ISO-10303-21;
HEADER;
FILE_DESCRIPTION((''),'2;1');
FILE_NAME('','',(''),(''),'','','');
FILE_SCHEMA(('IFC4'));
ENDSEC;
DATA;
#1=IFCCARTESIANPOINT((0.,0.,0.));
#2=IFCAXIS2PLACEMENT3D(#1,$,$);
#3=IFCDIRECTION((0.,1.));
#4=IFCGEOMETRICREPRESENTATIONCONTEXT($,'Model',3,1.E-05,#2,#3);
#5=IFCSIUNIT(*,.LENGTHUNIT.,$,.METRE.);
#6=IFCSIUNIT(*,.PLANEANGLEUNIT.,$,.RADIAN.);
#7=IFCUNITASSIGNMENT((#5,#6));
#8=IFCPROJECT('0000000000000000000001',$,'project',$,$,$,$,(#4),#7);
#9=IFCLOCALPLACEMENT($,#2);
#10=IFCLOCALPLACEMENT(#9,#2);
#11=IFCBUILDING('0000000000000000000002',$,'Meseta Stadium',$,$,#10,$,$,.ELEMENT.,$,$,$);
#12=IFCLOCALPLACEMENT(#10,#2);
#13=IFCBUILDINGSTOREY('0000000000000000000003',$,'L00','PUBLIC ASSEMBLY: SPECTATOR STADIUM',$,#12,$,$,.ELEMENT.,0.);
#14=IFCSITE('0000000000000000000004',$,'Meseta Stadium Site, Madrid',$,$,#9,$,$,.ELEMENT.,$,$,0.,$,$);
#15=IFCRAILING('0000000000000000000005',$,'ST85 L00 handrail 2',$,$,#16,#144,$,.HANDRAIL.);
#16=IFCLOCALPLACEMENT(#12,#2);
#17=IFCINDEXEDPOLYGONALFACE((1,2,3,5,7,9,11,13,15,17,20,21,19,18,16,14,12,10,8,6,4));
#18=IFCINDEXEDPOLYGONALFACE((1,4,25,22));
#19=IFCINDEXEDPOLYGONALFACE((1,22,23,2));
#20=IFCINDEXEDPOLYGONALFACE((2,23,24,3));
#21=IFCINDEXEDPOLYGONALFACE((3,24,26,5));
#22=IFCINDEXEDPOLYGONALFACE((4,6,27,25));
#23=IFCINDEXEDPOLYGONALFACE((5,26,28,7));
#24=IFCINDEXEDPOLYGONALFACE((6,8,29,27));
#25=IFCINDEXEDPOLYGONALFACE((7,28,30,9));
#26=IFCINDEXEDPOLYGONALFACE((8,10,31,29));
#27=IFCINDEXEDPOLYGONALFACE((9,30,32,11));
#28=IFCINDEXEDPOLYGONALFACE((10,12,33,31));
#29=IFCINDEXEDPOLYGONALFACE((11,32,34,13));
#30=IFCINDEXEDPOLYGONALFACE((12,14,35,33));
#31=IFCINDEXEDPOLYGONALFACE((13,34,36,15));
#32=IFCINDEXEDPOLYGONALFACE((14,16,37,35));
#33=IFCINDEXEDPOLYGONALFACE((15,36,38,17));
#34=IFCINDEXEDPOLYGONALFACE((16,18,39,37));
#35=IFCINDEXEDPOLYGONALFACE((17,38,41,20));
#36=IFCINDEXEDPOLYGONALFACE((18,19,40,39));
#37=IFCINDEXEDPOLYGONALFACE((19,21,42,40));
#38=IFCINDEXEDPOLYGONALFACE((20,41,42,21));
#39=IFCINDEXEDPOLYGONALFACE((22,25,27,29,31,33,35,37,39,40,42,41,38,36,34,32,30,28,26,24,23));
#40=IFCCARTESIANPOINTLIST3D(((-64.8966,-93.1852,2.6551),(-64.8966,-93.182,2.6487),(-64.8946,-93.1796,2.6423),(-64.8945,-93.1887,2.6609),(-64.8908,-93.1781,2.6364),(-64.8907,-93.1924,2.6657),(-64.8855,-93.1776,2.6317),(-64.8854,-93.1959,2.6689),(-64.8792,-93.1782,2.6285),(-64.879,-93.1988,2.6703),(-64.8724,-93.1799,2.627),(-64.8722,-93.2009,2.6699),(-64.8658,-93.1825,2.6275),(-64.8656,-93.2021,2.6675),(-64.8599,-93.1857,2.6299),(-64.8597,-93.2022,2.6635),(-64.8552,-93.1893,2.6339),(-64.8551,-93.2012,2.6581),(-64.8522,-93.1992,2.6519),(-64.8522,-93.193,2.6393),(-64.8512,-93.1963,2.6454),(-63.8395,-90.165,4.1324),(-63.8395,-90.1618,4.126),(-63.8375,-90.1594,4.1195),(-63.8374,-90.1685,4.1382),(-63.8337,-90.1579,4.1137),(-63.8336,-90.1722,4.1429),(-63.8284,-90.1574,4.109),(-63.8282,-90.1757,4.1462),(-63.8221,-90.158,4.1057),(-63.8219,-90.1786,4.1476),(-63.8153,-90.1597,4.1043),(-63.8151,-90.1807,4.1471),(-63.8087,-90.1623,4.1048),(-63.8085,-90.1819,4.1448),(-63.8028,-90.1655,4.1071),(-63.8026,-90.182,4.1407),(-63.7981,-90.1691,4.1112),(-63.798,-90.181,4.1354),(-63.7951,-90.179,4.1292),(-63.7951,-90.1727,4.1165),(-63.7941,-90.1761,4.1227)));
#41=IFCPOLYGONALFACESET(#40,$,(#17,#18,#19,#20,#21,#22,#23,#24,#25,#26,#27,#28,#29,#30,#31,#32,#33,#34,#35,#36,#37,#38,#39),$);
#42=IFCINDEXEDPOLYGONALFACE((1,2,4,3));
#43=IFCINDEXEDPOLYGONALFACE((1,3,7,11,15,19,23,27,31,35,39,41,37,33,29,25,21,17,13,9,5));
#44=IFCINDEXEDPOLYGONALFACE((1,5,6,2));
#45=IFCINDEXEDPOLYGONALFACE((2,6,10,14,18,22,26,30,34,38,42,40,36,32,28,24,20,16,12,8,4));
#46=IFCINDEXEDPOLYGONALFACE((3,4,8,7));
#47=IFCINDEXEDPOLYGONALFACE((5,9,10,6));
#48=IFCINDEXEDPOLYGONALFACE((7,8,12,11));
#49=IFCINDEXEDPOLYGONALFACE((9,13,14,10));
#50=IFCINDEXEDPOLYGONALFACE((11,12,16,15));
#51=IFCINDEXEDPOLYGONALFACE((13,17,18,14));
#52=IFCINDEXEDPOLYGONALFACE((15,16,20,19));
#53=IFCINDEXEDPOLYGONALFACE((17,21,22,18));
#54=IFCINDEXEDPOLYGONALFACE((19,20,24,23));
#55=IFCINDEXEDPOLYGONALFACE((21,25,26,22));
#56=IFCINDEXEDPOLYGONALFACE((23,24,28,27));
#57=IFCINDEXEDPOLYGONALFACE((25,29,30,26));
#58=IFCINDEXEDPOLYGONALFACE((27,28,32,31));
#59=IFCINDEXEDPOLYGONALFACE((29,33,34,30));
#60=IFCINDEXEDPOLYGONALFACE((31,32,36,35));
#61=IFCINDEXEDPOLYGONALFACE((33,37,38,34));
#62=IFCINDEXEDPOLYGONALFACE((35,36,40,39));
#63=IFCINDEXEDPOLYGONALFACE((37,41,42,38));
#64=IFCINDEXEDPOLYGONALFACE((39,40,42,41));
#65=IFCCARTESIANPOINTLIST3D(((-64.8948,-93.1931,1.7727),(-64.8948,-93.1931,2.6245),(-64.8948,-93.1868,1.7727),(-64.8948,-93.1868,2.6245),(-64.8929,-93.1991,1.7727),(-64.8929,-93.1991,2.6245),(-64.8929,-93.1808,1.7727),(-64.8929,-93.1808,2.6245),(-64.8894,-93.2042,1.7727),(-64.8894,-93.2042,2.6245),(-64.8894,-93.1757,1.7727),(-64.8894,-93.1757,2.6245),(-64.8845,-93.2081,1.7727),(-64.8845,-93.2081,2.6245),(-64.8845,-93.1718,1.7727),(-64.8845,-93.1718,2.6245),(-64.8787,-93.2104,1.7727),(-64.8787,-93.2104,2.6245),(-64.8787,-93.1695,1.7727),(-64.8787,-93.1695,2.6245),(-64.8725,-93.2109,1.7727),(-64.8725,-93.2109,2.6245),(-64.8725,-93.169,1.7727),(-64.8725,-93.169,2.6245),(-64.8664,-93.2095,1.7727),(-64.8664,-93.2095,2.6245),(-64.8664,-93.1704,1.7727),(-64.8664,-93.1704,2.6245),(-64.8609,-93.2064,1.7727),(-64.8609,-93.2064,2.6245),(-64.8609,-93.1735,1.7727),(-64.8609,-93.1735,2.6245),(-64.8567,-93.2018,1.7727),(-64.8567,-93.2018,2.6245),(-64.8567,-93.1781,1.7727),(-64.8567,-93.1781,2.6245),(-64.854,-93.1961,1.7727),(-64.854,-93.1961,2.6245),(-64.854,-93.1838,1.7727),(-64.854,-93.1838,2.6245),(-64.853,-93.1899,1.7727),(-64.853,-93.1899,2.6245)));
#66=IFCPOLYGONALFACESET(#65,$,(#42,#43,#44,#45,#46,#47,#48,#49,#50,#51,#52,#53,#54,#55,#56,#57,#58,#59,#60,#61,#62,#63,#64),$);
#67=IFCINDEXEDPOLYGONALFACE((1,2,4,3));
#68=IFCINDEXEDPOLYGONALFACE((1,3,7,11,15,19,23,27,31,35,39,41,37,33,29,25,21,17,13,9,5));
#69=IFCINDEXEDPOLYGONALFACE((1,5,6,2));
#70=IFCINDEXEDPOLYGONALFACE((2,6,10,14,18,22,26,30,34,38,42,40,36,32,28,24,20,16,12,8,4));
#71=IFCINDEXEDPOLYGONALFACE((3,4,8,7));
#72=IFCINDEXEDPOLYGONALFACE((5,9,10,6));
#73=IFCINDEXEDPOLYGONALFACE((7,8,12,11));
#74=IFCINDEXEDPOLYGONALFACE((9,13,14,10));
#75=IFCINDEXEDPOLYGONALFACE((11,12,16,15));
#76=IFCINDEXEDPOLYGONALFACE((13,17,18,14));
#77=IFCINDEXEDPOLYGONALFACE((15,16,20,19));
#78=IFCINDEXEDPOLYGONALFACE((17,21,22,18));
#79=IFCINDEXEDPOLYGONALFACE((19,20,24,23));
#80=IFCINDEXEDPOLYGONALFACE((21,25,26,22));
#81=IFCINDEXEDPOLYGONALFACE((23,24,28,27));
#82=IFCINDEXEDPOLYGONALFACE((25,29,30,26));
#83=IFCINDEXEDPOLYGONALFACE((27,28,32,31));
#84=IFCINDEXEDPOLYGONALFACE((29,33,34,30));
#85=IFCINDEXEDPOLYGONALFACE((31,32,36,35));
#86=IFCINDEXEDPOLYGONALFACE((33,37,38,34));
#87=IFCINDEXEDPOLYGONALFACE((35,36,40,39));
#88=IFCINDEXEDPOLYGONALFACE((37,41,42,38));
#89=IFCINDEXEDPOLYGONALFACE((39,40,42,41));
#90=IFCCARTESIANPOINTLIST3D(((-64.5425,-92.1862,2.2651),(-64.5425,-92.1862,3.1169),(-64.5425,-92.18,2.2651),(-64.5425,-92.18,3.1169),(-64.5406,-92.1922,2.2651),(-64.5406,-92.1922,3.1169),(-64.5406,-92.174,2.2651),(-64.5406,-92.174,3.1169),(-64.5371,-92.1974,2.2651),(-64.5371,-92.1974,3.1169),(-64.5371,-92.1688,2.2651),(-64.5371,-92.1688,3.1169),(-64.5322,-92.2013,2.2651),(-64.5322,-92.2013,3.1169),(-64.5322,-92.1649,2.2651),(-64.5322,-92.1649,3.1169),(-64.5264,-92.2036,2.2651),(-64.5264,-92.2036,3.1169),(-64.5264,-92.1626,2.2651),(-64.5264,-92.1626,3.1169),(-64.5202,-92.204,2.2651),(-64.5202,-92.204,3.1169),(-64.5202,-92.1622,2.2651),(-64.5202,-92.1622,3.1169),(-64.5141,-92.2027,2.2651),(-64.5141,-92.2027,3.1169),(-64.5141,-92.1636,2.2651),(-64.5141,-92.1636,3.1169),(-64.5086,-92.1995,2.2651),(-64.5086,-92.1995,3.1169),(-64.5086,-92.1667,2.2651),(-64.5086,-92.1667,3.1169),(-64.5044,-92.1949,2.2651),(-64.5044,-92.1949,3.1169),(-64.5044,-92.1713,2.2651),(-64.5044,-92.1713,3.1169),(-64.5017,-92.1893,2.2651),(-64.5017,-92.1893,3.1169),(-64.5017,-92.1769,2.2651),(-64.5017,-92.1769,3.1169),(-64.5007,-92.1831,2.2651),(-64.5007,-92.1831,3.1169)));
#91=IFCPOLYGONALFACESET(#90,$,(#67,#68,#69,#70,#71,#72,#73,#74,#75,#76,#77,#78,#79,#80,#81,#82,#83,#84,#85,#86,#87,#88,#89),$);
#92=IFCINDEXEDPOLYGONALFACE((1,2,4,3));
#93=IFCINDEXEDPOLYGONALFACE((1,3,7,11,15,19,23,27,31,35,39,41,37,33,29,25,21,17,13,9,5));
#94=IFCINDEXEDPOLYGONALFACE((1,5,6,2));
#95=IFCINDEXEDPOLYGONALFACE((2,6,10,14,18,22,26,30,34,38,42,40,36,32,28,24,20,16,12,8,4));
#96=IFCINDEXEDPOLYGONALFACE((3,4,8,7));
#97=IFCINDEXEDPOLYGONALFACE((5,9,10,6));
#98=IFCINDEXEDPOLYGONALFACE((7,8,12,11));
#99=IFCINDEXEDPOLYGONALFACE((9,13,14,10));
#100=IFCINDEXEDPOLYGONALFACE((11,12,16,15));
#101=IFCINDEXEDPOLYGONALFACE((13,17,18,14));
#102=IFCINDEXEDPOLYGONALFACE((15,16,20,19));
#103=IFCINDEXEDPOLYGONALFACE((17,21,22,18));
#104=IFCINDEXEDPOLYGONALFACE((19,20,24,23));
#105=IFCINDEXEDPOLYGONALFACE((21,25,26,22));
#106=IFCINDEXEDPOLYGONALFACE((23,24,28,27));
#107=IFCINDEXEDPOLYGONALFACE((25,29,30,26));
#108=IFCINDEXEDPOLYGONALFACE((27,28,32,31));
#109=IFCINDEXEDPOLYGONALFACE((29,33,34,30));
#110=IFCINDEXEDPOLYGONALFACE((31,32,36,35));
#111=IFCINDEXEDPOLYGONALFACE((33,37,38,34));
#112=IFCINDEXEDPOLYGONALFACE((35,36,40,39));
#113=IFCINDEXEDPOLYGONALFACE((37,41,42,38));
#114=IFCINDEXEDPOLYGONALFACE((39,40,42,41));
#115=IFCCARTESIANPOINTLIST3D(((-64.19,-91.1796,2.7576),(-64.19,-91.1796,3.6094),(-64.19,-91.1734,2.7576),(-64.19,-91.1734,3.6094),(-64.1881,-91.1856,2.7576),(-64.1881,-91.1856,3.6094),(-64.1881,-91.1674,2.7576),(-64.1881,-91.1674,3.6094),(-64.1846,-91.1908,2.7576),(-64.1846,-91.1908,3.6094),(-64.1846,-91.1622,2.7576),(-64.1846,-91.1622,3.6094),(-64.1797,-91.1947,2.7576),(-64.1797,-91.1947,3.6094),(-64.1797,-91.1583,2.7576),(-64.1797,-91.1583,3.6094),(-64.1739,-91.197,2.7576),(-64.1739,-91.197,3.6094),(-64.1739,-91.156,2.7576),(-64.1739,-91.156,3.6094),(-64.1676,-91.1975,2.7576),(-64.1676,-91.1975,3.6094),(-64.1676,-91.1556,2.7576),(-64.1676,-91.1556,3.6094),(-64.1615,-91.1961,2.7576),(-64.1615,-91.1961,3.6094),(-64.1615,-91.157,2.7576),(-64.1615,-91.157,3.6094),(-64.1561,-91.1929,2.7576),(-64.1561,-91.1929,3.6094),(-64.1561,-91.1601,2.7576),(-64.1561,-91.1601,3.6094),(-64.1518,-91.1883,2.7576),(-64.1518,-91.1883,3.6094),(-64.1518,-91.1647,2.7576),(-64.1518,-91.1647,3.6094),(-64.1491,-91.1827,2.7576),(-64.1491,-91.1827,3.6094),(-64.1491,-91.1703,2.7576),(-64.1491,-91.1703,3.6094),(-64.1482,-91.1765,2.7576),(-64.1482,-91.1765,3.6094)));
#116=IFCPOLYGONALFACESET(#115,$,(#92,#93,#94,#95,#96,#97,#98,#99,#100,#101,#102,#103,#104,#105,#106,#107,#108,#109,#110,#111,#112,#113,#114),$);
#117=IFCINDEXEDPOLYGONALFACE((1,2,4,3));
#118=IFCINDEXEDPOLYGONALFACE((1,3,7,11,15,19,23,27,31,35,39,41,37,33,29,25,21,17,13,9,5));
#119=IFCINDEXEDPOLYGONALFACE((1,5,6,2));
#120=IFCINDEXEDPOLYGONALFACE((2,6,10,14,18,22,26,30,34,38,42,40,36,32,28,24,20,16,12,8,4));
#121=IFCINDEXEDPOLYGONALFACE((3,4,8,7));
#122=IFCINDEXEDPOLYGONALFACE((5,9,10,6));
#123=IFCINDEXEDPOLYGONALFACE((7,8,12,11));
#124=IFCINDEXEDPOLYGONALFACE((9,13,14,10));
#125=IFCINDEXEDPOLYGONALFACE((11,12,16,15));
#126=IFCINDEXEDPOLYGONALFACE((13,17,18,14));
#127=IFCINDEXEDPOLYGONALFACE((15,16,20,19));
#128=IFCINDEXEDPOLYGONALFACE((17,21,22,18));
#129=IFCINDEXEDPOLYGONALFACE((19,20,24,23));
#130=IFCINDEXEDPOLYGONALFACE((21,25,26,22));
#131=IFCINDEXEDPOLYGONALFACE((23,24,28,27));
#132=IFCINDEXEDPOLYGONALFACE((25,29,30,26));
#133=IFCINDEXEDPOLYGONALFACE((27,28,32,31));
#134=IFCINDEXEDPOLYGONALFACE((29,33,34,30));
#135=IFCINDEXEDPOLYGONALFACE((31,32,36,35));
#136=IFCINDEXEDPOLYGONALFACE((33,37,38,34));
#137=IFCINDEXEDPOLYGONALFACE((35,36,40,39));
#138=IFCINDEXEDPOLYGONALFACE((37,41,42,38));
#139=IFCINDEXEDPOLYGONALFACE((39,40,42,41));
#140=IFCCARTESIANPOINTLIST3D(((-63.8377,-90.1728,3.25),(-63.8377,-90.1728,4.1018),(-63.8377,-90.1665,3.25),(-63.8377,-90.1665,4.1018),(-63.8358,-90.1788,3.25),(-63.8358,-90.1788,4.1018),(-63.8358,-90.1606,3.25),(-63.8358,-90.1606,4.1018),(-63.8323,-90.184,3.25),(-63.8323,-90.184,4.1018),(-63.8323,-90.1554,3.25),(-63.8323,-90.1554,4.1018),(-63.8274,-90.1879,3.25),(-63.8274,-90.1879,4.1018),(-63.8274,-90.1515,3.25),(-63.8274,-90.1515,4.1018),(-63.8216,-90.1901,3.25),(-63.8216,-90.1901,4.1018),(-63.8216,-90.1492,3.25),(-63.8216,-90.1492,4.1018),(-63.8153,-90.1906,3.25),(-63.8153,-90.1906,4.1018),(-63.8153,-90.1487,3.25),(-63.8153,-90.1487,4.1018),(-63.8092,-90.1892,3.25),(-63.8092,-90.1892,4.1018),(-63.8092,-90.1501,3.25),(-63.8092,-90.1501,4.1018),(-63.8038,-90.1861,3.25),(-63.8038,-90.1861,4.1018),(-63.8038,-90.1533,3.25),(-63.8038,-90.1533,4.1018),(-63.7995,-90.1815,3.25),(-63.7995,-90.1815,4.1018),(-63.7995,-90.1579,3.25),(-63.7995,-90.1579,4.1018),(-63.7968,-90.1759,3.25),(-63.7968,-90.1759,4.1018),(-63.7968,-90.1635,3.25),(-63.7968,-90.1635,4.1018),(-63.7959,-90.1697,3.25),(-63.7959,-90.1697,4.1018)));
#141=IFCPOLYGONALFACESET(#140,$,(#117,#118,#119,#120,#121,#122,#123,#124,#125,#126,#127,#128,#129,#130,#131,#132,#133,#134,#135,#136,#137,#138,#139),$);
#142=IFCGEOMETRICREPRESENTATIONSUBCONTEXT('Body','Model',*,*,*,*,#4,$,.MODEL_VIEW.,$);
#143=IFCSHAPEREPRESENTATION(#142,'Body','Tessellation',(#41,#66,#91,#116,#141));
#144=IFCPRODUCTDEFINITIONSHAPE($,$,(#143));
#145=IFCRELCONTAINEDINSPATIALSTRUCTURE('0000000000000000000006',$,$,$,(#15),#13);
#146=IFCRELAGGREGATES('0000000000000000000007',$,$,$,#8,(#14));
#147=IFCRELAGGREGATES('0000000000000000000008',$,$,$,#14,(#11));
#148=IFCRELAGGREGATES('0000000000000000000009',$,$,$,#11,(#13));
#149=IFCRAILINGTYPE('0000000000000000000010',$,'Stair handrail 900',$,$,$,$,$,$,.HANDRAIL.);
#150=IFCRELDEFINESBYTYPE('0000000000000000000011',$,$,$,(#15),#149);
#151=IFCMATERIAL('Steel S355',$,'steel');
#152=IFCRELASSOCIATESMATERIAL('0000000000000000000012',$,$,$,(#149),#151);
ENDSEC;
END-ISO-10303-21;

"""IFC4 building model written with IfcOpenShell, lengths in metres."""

from ifc_helpers import new_model, si_unit, direction, frame, origin, origin_2d, place, context, subcontext, project, spatial, circle, extrude, material, type_object, element, save


model = new_model("IFC4")

# Units and contexts
model_context = context("Model", 3, precision=1e-05, world=origin(), true_north=direction((0.0, 1.0)))
body_context = subcontext(model_context, "Body", "Model", "MODEL_VIEW")
ifc_project = project(units=[si_unit("LENGTHUNIT", "METRE"), si_unit("PLANEANGLEUNIT", "RADIAN")], contexts=[model_context])

# Site, building, storey
site_placement = place(None, origin())
site = spatial("IfcSite", under=ifc_project, at=site_placement, Name="Meseta Stadium Site, Madrid", CompositionType="ELEMENT", RefElevation=0.0)
building_placement = place(site_placement, origin())
building = spatial("IfcBuilding", under=site, at=building_placement, Name="Meseta Stadium", CompositionType="ELEMENT")
storey_placement = place(building_placement, origin())
storey = spatial("IfcBuildingStorey", under=building, at=storey_placement, Name="L00", Description="PUBLIC ASSEMBLY: SPECTATOR STADIUM", CompositionType="ELEMENT", Elevation=0.0)

# Railing
ifc_material_1 = material(Name="Steel S355", Category="steel")
railing_type_1 = type_object("IfcRailingType", Name="Stair handrail 900", PredefinedType="HANDRAIL", material=ifc_material_1)
for number, where, name in (
    (1, (-64.874, -93.1899, 1.7727), "ST85 L00 handrail 2"),
):
    element("IfcRailing", number, at=place(storey_placement, frame(where)), inside=storey, type_object=railing_type_1, Name=name, PredefinedType="HANDRAIL", context=body_context, shape_type="SweptSolid", body=[
        extrude(circle(Radius=0.0239, at=origin_2d()), frame((0.0, 0.0, 0.876), z_axis=(0.29994, 0.85694, 0.419153), x_axis=(-0.943855, 0.330361, 0.0)), (0.0, 0.0, 1.0), 3.5244),
        extrude(circle(Radius=0.021, at=origin_2d()), origin(), (0.0, 0.0, 1.0), 0.8518),
        extrude(circle(Radius=0.021, at=origin_2d()), frame((0.3523, 1.0068, 0.4924)), (0.0, 0.0, 1.0), 0.8518),
        extrude(circle(Radius=0.021, at=origin_2d()), frame((0.7048, 2.0134, 0.9849)), (0.0, 0.0, 1.0), 0.8518),
        extrude(circle(Radius=0.021, at=origin_2d()), frame((1.0571, 3.0203, 1.4773)), (0.0, 0.0, 1.0), 0.8518),
    ])

save(model, "model.ifc")
